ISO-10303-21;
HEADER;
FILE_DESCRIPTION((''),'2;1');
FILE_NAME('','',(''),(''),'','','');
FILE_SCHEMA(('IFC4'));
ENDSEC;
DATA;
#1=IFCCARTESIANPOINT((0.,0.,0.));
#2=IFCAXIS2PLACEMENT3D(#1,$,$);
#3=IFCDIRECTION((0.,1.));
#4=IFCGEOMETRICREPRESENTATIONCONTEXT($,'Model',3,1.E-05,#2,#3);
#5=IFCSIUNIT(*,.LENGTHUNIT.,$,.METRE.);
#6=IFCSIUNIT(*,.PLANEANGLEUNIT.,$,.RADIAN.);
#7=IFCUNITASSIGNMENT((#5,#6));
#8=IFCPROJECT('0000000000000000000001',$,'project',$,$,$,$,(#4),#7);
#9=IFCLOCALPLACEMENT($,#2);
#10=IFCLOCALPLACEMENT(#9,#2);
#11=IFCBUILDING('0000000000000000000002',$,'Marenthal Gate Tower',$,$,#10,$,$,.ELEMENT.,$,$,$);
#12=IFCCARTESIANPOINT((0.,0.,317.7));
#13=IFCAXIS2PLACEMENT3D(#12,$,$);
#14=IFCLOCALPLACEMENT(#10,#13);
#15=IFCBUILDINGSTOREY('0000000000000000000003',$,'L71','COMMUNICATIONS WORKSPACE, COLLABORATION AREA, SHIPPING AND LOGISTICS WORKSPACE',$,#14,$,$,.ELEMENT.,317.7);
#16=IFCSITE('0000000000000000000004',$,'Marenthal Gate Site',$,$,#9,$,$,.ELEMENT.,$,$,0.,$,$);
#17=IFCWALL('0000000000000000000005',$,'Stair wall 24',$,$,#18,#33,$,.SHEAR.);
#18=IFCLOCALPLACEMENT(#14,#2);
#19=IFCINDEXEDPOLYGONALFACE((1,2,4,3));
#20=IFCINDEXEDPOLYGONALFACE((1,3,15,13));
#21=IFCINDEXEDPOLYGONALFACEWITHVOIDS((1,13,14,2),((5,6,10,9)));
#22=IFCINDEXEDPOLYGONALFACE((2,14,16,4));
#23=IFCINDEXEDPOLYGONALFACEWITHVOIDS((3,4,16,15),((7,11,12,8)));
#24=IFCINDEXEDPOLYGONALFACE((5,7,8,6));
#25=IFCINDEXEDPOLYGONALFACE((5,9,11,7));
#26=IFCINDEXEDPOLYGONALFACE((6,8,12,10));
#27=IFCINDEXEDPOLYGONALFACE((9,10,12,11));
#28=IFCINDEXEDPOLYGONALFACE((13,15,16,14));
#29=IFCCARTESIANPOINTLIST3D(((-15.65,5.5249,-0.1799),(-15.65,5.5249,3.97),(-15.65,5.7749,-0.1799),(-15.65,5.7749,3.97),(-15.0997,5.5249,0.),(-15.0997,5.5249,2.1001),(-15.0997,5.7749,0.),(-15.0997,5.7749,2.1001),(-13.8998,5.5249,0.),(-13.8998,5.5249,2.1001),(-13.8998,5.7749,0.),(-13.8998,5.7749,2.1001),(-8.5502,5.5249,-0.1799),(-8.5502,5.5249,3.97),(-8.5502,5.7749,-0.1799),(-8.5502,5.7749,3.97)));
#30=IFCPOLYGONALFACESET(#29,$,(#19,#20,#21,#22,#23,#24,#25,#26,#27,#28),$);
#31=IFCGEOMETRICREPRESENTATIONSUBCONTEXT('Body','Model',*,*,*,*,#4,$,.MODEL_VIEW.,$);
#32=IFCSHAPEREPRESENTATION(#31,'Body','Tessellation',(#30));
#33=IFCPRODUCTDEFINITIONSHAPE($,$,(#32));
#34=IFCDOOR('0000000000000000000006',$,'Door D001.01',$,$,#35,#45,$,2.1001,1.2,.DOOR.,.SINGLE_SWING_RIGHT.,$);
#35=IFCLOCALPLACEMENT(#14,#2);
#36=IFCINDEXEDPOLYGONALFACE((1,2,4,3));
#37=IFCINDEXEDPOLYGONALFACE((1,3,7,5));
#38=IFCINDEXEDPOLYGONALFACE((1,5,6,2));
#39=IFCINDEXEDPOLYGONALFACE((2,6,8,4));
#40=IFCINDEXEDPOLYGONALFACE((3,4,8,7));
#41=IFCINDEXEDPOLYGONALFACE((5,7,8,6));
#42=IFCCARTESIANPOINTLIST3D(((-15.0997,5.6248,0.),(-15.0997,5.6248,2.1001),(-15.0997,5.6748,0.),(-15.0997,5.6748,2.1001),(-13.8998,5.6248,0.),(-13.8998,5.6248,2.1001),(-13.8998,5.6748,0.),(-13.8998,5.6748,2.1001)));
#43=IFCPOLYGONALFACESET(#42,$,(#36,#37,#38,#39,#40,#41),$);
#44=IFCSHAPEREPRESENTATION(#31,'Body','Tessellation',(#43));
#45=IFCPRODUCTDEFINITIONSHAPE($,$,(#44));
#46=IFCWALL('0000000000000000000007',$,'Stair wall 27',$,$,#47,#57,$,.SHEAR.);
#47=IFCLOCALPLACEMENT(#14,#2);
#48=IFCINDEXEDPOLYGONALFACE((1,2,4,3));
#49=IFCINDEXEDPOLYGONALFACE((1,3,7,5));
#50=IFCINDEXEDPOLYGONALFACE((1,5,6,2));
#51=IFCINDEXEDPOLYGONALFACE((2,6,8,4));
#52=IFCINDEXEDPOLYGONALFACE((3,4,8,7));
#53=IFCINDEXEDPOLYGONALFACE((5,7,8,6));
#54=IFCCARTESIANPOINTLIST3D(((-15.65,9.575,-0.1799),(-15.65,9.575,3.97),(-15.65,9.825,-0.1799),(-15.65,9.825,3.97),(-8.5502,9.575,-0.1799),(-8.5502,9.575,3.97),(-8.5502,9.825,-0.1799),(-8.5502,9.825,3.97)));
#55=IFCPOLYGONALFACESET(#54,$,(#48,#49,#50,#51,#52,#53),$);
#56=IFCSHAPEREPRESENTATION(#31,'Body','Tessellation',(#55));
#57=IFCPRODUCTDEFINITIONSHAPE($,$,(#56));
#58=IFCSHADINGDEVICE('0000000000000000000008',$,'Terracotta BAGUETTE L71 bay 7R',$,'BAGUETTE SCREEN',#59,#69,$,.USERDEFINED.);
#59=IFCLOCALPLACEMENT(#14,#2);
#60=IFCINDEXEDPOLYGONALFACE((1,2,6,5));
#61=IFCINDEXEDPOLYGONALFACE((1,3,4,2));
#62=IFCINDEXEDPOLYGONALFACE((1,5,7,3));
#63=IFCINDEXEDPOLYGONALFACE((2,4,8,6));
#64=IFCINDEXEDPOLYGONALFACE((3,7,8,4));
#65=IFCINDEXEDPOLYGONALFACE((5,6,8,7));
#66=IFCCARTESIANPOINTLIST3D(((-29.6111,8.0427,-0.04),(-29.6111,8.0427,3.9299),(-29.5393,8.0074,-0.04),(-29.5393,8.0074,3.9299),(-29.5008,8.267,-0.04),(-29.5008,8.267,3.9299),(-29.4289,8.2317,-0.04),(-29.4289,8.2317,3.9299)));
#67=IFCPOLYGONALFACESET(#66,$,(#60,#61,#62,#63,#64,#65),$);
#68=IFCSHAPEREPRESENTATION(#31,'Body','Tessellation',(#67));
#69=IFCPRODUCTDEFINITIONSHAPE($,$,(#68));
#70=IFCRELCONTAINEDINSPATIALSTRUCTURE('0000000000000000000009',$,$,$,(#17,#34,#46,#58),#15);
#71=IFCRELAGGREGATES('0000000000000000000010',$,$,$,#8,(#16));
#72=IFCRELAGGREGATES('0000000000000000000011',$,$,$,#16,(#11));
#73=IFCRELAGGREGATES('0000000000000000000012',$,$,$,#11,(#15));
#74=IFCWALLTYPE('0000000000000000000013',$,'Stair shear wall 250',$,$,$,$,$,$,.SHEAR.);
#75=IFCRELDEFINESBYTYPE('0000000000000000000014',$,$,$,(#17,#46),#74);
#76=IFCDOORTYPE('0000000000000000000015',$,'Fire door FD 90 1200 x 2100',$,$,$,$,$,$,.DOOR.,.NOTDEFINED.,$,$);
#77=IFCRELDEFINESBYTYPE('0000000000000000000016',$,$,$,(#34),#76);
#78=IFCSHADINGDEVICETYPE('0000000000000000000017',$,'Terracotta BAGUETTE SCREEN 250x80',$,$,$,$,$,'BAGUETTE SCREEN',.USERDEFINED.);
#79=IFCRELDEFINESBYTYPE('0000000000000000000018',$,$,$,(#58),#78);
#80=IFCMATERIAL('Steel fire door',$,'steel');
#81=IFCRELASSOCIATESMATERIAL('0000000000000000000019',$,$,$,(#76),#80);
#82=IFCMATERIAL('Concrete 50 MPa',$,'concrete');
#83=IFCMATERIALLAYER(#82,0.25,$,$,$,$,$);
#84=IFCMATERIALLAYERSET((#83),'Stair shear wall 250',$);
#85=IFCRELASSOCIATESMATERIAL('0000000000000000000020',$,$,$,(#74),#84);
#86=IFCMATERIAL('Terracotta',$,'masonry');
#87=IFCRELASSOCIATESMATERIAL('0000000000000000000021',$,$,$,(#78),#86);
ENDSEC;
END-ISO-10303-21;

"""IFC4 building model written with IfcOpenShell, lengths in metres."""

from ifc_helpers import new_model, si_unit, direction, frame, frame_2d, origin, origin_2d, place, context, subcontext, project, spatial, rectangle, extrude, material, layer, layer_set, material_profile, profile_set, type_object, element, fill, save


model = new_model("IFC4")

# Units and contexts
model_context = context("Model", 3, precision=1e-05, world=origin(), true_north=direction((0.0, 1.0)))
body_context = subcontext(model_context, "Body", "Model", "MODEL_VIEW")
ifc_project = project(units=[si_unit("LENGTHUNIT", "METRE"), si_unit("PLANEANGLEUNIT", "RADIAN")], contexts=[model_context])

# Site, building, storey
site_placement = place(None, origin())
site = spatial("IfcSite", under=ifc_project, at=site_placement, Name="Marenthal Gate Site", CompositionType="ELEMENT", RefElevation=0.0)
building_placement = place(site_placement, origin())
building = spatial("IfcBuilding", under=site, at=building_placement, Name="Marenthal Gate Tower", CompositionType="ELEMENT")
storey_placement = place(building_placement, frame((0.0, 0.0, 317.7)))
storey = spatial("IfcBuildingStorey", under=building, at=storey_placement, Name="L71", Description="COMMUNICATIONS WORKSPACE, COLLABORATION AREA, SHIPPING AND LOGISTICS WORKSPACE", CompositionType="ELEMENT", Elevation=317.7)

# Shared definitions
ifc_material_1 = material(Name="Steel fire door", Category="steel")
door_type_1 = type_object("IfcDoorType", Name="Fire door FD 90 1200 x 2100", OperationType="NOTDEFINED", PredefinedType="DOOR", material=ifc_material_1)

# Wall, opening, door
ifc_material_2 = material(Name="Concrete 50 MPa", Category="concrete")
ifc_layer_1 = layer(ifc_material_2, 0.25)
ifc_layer_set_1 = layer_set([ifc_layer_1], Name="Stair shear wall 250")
wall_type_1 = type_object("IfcWallType", Name="Stair shear wall 250", PredefinedType="SHEAR", material=ifc_layer_set_1)
wall_1_placement = place(storey_placement, frame((-15.6499, 5.6499, -0.1799), z_axis=(0.0, 0.0, 1.0), x_axis=(1.0, 0.0, 0.0)))
wall_1 = element("IfcWall", 1, at=wall_1_placement, inside=storey, type_object=wall_type_1, Name="Stair wall 24", PredefinedType="SHEAR", context=body_context, shape_type="SweptSolid", body=[
    extrude(rectangle(XDim=7.0999, YDim=0.25, at=frame_2d((3.5498, 0.0))), origin(), (0.0, 0.0, 1.0), 4.1499),
])
opening_1_placement = place(wall_1_placement, frame((0.55, 0.0, 0.1799)))
opening_1 = element("IfcOpeningElement", 2, at=opening_1_placement, cuts=wall_1, PredefinedType="OPENING", context=body_context, shape_type="SweptSolid", body=[
    extrude(rectangle(XDim=1.2, YDim=2.1001, at=frame_2d((0.6001, 1.05))), frame((0.0, 0.135, 0.0), z_axis=(0.0, -1.0, 0.0), x_axis=(1.0, 0.0, 0.0)), (0.0, 0.0, 1.0), 0.27),
])
door_1_placement = place(opening_1_placement, origin())
door_1 = element("IfcDoor", 3, at=door_1_placement, inside=storey, type_object=door_type_1, Name="Door D001.01", OperationType="SINGLE_SWING_RIGHT", OverallHeight=2.1001, OverallWidth=1.2, PredefinedType="DOOR", context=body_context, shape_type="SweptSolid", body=[
    extrude(rectangle(XDim=1.2, YDim=2.1001, at=frame_2d((0.6001, 1.05))), frame((0.0, 0.0249, 0.0), z_axis=(0.0, -1.0, 0.0), x_axis=(1.0, 0.0, 0.0)), (0.0, 0.0, 1.0), 0.05),
])
fill(opening_1, door_1)

# Wall
wall_2_placement = place(storey_placement, frame((-15.6499, 9.7, -0.1799), z_axis=(0.0, 0.0, 1.0), x_axis=(1.0, 0.0, 0.0)))
element("IfcWall", 4, at=wall_2_placement, inside=storey, type_object=wall_type_1, Name="Stair wall 27", PredefinedType="SHEAR", context=body_context, shape_type="SweptSolid", body=[
    extrude(rectangle(XDim=7.0999, YDim=0.25, at=frame_2d((3.5498, 0.0))), origin(), (0.0, 0.0, 1.0), 4.1499),
])

# Shading device
ifc_material_3 = material(Name="Terracotta", Category="masonry")
ifc_material_profile_1 = material_profile(ifc_material_3, rectangle(XDim=0.25, YDim=0.0801, at=origin_2d()), Name="Terracotta baguette 250x80")
ifc_profile_set_1 = profile_set([ifc_material_profile_1], Name="Terracotta")
shading_device_type = type_object("IfcShadingDeviceType", Name="Terracotta BAGUETTE SCREEN 250x80", ElementType="BAGUETTE SCREEN", PredefinedType="USERDEFINED", material=ifc_profile_set_1)
shading_device_placement = place(storey_placement, frame((-29.52, 8.1372, -0.04), z_axis=(0.0, 0.0, 1.0), x_axis=(-0.441518, -0.897253, 0.0)))
element("IfcShadingDevice", 5, at=shading_device_placement, inside=storey, type_object=shading_device_type, Name="Terracotta BAGUETTE L71 bay 7R", ObjectType="BAGUETTE SCREEN", PredefinedType="USERDEFINED", context=body_context, shape_type="SweptSolid", body=[
    extrude(rectangle(XDim=0.25, YDim=0.0801, at=origin_2d()), origin(), (0.0, 0.0, 1.0), 3.97),
])

save(model, "model.ifc")
